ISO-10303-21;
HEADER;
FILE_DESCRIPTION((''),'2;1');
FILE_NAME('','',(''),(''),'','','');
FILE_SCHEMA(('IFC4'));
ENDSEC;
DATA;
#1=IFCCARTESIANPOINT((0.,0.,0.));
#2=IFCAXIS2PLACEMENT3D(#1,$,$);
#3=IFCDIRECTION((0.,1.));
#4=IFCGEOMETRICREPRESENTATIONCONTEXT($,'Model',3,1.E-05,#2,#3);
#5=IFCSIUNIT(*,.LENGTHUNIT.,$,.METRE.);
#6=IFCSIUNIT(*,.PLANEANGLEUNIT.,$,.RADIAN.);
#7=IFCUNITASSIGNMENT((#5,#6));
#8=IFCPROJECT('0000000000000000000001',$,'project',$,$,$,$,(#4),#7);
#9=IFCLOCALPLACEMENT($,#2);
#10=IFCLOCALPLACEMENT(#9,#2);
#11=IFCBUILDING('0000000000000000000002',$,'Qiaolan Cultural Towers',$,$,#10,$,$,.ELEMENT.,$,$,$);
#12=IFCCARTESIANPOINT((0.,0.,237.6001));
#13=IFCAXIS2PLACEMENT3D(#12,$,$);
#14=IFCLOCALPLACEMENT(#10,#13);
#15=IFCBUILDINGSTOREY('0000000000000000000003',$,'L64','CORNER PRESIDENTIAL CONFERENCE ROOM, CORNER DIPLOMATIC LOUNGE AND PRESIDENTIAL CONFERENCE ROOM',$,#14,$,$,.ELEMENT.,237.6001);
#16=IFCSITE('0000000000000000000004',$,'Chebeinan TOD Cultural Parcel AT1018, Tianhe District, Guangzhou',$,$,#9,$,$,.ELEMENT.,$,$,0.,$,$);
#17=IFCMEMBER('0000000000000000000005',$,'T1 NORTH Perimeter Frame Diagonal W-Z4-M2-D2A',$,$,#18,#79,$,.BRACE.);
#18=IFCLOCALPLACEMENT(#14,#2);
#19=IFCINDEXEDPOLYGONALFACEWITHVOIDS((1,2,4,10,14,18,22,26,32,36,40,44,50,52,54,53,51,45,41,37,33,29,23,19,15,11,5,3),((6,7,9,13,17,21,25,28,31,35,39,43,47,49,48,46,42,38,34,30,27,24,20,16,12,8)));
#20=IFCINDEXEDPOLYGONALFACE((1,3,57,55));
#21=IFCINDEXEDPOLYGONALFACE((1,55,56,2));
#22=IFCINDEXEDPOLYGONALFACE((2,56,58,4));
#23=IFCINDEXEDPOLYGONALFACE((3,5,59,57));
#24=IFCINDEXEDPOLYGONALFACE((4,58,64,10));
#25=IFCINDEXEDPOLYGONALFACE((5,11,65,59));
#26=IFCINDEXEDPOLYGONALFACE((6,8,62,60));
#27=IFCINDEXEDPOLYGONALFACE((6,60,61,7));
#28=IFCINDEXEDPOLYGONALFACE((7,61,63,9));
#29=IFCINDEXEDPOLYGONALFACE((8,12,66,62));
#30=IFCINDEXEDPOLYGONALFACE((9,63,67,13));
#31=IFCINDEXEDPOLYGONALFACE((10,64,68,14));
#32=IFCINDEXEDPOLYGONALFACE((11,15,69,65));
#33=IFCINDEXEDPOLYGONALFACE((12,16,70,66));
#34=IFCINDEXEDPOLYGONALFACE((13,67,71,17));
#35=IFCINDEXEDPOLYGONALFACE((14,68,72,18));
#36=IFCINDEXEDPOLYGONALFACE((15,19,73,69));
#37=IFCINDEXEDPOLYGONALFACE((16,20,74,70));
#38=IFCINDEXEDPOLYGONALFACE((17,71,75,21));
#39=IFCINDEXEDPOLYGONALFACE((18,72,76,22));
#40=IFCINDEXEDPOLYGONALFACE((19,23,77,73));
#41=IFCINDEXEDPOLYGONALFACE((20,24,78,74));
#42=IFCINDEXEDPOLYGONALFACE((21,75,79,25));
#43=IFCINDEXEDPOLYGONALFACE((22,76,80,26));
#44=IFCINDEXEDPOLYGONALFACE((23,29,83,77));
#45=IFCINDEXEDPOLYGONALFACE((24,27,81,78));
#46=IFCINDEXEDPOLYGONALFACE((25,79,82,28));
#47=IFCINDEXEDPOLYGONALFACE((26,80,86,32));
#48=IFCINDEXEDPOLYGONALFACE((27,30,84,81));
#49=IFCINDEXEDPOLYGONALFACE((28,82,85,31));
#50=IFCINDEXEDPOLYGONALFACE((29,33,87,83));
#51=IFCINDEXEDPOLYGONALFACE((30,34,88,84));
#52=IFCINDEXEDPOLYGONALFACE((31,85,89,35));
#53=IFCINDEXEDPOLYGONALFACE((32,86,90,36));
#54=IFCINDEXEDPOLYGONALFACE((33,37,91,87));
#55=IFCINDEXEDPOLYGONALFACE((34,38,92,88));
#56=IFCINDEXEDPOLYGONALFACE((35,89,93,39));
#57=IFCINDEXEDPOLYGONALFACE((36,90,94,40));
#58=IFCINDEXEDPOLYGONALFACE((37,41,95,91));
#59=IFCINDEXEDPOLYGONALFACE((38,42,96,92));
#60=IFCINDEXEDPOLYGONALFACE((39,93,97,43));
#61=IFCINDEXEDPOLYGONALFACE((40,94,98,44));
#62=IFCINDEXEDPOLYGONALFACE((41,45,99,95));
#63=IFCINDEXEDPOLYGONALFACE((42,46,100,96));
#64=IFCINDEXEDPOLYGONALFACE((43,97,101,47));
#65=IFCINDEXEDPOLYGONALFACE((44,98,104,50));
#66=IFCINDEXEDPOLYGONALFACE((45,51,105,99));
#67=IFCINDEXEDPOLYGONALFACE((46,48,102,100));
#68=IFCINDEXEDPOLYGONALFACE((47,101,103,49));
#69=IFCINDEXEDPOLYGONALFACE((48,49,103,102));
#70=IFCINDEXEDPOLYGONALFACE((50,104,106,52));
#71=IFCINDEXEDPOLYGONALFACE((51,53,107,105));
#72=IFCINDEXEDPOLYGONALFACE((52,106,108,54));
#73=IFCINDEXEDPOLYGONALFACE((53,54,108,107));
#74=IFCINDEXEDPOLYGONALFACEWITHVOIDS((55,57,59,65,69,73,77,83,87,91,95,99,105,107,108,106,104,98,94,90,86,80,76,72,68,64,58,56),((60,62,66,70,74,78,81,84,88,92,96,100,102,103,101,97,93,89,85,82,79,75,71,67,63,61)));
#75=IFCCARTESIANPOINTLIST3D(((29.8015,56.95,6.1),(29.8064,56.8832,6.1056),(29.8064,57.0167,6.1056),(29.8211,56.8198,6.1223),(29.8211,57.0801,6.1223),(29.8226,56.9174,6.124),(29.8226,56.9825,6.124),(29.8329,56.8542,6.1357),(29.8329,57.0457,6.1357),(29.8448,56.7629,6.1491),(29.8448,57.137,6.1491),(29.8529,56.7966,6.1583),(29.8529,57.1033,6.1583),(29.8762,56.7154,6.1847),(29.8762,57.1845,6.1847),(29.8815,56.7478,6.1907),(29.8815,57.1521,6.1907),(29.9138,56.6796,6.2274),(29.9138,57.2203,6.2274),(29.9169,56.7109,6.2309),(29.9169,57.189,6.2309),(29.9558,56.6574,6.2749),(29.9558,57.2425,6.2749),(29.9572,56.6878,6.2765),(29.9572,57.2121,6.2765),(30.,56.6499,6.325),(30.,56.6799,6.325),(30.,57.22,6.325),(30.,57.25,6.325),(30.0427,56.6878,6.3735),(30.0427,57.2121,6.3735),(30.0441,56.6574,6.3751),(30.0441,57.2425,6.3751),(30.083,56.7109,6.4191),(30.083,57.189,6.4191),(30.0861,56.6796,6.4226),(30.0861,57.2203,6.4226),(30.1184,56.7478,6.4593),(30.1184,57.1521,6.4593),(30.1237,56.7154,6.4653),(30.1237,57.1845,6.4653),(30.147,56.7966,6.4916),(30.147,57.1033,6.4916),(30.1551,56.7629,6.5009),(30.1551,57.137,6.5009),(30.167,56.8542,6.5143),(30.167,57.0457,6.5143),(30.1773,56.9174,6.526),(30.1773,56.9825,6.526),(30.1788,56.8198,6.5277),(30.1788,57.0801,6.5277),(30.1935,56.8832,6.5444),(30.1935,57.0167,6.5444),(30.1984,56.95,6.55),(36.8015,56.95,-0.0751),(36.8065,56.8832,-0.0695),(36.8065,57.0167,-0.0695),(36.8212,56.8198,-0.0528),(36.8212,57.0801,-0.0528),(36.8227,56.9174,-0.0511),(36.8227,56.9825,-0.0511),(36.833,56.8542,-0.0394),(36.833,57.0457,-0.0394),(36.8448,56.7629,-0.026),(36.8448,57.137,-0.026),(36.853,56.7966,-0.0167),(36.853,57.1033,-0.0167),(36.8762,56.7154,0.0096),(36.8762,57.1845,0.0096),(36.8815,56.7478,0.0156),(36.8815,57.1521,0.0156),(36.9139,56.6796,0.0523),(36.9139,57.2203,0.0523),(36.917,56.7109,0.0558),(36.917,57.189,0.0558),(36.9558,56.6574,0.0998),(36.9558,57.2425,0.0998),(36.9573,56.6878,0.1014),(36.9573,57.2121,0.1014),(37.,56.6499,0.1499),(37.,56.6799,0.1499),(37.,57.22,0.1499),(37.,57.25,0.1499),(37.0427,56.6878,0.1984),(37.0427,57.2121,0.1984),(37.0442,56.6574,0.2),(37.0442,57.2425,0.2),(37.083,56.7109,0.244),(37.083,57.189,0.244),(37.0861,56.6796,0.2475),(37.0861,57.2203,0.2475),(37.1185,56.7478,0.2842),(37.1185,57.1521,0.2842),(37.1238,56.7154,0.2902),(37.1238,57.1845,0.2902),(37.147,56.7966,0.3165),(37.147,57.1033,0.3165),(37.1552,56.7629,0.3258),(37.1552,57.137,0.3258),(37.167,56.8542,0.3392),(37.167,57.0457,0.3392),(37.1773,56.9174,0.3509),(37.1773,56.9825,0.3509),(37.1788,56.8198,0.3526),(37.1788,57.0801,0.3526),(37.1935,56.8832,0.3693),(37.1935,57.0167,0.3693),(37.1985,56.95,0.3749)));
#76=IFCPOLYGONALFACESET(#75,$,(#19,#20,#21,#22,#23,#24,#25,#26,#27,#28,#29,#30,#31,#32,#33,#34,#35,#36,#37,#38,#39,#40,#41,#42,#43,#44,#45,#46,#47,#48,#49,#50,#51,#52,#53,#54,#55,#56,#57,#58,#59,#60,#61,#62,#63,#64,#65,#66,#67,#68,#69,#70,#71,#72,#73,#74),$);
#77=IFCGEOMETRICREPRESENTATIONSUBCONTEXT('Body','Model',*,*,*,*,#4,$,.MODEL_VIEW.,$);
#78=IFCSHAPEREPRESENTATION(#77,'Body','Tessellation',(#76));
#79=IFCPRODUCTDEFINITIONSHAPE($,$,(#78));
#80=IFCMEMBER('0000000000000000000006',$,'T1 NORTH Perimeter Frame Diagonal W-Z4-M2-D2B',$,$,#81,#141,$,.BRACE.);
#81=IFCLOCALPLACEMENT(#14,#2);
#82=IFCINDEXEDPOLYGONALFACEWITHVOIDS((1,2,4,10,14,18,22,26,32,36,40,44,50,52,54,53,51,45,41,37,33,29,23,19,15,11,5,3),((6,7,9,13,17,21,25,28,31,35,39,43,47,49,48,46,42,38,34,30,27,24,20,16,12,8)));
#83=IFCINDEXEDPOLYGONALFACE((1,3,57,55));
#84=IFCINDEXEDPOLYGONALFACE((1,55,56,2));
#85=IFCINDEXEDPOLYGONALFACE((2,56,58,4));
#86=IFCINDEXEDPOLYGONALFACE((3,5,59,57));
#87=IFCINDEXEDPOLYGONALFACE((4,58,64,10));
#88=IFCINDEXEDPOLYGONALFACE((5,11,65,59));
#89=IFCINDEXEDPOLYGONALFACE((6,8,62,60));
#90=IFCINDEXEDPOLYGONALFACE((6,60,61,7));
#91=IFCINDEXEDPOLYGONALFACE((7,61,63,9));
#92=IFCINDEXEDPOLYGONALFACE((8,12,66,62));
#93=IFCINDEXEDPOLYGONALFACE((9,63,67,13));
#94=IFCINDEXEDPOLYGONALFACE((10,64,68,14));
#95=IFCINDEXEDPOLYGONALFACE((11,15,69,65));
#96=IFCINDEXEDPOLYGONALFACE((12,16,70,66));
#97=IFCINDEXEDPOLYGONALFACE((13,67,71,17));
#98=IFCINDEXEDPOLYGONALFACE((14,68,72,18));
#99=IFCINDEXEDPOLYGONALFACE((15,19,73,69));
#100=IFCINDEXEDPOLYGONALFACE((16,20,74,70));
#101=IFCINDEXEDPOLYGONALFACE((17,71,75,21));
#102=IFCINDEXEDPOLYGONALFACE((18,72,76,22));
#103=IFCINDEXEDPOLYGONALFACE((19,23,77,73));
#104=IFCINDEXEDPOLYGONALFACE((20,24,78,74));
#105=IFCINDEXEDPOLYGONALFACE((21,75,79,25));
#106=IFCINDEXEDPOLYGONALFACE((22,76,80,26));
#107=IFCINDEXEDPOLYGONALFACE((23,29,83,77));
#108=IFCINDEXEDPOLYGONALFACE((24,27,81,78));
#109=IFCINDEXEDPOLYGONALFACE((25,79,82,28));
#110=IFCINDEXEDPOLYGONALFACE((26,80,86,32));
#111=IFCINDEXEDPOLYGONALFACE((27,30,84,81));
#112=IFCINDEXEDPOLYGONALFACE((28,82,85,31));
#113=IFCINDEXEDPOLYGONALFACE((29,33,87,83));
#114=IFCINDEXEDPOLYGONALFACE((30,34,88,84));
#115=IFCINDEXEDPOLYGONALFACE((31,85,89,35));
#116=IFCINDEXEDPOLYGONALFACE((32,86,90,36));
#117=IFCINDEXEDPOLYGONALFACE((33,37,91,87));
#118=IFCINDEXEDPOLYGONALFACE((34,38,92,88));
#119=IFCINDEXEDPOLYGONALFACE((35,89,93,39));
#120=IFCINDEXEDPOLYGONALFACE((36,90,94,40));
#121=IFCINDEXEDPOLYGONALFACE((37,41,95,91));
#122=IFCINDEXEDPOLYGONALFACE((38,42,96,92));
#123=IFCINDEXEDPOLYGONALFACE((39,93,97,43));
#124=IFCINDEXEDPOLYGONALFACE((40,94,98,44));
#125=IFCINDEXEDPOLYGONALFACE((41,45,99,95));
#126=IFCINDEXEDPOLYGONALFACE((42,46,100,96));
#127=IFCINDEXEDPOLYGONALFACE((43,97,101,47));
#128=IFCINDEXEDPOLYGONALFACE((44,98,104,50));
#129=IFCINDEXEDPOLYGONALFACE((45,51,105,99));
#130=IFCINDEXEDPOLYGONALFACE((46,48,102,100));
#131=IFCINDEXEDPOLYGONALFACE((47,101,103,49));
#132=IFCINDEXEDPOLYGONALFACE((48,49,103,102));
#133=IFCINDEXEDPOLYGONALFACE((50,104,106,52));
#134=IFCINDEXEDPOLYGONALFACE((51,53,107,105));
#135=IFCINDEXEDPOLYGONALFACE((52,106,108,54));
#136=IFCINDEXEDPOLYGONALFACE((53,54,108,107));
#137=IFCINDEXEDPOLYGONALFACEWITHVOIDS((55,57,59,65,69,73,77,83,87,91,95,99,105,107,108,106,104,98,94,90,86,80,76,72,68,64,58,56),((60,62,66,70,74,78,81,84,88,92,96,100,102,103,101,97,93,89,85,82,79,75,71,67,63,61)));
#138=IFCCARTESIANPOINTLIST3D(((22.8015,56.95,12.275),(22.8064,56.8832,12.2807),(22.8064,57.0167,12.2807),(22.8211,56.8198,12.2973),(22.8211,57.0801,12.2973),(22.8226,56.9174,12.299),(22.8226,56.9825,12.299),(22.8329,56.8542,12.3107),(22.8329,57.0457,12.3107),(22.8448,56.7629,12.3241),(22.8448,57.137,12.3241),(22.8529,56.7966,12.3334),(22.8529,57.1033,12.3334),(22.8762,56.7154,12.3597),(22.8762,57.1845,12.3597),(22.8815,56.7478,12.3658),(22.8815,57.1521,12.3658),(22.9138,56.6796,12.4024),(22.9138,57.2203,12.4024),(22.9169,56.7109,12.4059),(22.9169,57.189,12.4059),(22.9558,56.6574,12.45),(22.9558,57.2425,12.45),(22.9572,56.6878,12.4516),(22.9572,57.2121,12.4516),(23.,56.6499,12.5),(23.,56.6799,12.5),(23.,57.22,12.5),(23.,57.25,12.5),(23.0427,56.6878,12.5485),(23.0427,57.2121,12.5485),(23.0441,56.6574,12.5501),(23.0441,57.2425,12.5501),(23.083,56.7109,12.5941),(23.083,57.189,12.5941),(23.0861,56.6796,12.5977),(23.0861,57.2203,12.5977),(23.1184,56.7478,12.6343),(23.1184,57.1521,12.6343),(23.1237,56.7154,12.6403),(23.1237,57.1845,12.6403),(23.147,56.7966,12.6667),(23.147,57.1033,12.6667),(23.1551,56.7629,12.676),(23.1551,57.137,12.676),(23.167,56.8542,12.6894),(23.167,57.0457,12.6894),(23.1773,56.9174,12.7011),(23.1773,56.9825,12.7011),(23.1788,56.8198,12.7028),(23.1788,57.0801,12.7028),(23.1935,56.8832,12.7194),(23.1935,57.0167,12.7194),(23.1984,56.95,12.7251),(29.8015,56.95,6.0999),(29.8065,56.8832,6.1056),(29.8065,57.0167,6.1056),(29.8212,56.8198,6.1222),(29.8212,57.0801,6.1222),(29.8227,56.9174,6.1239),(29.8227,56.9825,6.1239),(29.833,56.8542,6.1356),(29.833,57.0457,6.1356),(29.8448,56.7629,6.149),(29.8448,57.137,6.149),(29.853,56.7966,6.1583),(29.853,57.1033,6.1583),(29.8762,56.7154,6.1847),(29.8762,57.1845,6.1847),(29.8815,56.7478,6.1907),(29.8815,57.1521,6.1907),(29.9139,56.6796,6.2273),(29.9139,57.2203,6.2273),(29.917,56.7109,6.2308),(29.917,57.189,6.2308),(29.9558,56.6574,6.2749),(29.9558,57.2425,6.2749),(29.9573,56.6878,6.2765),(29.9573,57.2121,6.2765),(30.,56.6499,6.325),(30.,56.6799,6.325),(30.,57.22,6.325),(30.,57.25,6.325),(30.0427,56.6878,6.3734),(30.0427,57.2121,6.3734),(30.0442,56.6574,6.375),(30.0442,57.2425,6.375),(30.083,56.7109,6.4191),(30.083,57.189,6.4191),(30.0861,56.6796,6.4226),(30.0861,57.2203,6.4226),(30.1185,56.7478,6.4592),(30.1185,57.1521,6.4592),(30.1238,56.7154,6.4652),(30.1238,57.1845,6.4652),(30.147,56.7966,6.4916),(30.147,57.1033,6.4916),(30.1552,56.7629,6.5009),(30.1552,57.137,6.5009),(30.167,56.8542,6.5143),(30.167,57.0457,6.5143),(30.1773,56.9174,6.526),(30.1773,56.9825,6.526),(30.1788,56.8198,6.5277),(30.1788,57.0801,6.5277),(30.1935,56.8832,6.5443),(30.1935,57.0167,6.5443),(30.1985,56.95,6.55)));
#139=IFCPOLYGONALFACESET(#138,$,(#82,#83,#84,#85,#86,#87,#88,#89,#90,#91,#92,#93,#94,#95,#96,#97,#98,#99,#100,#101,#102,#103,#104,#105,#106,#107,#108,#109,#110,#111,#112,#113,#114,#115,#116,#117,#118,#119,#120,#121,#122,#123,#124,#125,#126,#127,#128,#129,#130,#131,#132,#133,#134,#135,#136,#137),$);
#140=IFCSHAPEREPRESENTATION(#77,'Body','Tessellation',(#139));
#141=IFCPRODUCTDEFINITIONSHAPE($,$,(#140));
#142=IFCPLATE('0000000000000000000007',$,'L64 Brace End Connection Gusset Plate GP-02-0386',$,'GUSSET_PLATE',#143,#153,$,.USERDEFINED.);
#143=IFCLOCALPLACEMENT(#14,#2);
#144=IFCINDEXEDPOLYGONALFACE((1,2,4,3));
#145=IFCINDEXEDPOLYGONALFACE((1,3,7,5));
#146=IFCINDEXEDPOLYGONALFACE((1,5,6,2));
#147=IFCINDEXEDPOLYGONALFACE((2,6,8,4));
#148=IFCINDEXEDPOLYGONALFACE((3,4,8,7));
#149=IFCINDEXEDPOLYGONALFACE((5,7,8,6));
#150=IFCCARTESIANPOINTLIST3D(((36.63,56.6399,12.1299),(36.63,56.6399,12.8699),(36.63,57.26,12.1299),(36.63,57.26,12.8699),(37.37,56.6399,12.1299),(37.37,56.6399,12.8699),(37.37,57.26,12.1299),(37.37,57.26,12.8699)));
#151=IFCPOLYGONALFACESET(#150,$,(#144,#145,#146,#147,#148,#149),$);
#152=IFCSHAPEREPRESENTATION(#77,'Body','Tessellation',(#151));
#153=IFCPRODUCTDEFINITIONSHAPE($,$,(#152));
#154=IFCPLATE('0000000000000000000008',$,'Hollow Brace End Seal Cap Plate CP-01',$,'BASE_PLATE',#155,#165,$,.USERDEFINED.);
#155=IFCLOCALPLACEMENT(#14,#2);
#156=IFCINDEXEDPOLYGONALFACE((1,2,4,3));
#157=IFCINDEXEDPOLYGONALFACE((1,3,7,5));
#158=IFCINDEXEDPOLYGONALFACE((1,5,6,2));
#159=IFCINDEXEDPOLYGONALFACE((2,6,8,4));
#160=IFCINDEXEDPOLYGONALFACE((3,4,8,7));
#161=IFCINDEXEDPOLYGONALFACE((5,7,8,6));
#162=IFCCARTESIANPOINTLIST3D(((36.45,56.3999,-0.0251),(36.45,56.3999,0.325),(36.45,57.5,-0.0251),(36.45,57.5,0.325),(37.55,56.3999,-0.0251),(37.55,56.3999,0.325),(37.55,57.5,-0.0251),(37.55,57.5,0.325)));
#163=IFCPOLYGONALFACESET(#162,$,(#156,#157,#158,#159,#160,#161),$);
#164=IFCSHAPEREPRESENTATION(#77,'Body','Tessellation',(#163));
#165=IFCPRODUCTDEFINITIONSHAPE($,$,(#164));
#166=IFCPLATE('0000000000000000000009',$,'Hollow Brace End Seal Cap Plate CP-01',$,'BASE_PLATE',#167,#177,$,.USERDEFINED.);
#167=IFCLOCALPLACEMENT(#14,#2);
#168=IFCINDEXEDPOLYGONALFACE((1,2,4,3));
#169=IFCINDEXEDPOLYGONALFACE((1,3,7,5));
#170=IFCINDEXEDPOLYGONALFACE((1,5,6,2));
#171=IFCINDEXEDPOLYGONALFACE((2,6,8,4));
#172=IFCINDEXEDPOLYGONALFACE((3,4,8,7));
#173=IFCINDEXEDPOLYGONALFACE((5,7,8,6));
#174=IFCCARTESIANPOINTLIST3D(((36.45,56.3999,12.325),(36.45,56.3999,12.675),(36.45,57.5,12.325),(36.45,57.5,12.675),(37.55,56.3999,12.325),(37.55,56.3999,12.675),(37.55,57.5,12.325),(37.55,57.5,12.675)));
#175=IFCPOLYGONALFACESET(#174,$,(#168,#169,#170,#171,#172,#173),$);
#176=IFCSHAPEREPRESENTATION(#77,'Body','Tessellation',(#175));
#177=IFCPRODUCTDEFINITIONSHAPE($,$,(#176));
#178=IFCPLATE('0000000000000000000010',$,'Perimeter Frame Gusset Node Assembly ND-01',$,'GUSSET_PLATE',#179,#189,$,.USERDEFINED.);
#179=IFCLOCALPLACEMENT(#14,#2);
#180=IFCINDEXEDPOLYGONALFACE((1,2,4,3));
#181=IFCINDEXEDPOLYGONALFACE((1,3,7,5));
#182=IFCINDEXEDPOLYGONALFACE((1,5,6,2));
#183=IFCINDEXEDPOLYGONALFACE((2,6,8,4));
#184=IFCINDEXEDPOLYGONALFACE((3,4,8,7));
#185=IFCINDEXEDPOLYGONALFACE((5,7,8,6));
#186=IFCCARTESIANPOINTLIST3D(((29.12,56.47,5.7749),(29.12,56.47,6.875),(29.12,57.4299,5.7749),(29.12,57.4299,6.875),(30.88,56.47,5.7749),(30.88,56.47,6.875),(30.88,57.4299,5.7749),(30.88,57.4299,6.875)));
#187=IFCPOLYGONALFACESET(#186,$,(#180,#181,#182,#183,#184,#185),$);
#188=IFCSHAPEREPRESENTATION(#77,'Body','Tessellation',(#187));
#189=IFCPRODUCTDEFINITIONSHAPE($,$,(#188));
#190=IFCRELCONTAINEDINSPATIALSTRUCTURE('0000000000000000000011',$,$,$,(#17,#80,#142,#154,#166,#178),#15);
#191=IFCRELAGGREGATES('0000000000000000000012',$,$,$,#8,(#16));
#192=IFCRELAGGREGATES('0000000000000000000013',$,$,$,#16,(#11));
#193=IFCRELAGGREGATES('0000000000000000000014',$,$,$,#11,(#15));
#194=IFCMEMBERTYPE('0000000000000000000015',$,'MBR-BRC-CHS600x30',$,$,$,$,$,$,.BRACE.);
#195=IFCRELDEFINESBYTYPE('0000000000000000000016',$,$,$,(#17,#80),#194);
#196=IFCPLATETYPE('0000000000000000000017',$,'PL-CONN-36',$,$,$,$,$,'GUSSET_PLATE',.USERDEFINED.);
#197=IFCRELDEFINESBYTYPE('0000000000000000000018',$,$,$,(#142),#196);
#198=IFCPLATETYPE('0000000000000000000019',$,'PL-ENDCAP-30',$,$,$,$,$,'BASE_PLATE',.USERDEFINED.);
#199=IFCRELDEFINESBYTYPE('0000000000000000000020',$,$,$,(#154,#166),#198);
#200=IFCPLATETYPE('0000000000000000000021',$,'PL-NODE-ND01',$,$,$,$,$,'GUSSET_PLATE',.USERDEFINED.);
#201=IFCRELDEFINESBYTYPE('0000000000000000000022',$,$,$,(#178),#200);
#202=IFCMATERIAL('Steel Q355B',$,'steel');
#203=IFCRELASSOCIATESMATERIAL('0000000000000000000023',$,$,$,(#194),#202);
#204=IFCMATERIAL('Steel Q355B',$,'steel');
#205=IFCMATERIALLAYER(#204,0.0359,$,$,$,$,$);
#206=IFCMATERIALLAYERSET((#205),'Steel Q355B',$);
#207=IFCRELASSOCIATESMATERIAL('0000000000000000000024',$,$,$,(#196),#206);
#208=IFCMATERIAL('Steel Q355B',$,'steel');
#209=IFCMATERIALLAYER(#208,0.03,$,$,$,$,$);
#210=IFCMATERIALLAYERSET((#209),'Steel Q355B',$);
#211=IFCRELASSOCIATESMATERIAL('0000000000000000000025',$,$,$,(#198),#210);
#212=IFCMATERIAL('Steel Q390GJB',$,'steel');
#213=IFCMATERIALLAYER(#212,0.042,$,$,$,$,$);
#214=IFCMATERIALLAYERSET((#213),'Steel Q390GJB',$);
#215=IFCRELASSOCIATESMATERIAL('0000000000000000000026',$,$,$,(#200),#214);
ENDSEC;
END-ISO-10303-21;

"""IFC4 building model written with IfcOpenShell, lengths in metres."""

from ifc_helpers import new_model, si_unit, direction, frame, origin, origin_2d, place, context, subcontext, project, spatial, rectangle, hollow_circle, extrude, material, layer, layer_set, material_profile, profile_set, type_object, element, save


model = new_model("IFC4")

# Units and contexts
model_context = context("Model", 3, precision=1e-05, world=origin(), true_north=direction((0.0, 1.0)))
body_context = subcontext(model_context, "Body", "Model", "MODEL_VIEW")
ifc_project = project(units=[si_unit("LENGTHUNIT", "METRE"), si_unit("PLANEANGLEUNIT", "RADIAN")], contexts=[model_context])

# Site, building, storey
site_placement = place(None, origin())
site = spatial("IfcSite", under=ifc_project, at=site_placement, Name="Chebeinan TOD Cultural Parcel AT1018, Tianhe District, Guangzhou", CompositionType="ELEMENT", RefElevation=0.0)
building_placement = place(site_placement, origin())
building = spatial("IfcBuilding", under=site, at=building_placement, Name="Qiaolan Cultural Towers", CompositionType="ELEMENT")
storey_placement = place(building_placement, frame((0.0, 0.0, 237.6001)))
storey = spatial("IfcBuildingStorey", under=building, at=storey_placement, Name="L64", Description="CORNER PRESIDENTIAL CONFERENCE ROOM, CORNER DIPLOMATIC LOUNGE AND PRESIDENTIAL CONFERENCE ROOM", CompositionType="ELEMENT", Elevation=237.6001)

# Members
ifc_material_1 = material(Name="Steel Q355B", Category="steel")
ifc_material_profile_1 = material_profile(ifc_material_1, hollow_circle(Radius=0.3, WallThickness=0.03, at=origin_2d()), Name="CHS600x30")
ifc_profile_set_1 = profile_set([ifc_material_profile_1], Name="Steel Q355B")
member_type = type_object("IfcMemberType", Name="MBR-BRC-CHS600x30", PredefinedType="BRACE", material=ifc_profile_set_1)
for number, where, z_axis, x_axis, name in (
    (1, (37.0, 56.95, 0.1499), (-0.749913, 0.0, 0.661536), (0.0, -1.0, 0.0), "T1 NORTH Perimeter Frame Diagonal W-Z4-M2-D2A"),
    (2, (30.0, 56.95, 6.325), (-0.749913, 0.0, 0.661536), (0.0, -1.0, 0.0), "T1 NORTH Perimeter Frame Diagonal W-Z4-M2-D2B"),
):
    element("IfcMember", number, at=place(storey_placement, frame(where, z_axis=z_axis, x_axis=x_axis)), inside=storey, type_object=member_type, Name=name, PredefinedType="BRACE", context=body_context, shape_type="SweptSolid", body=[
        extrude(hollow_circle(Radius=0.3, WallThickness=0.03, at=origin_2d()), origin(), (0.0, 0.0, 1.0), 9.3345),
    ])

# Plates
ifc_material_2 = material(Name="Steel Q355B", Category="steel")
ifc_layer_1 = layer(ifc_material_2, 0.0359)
ifc_layer_set_1 = layer_set([ifc_layer_1], Name="Steel Q355B")
plate_type_1 = type_object("IfcPlateType", Name="PL-CONN-36", ElementType="GUSSET_PLATE", PredefinedType="USERDEFINED", material=ifc_layer_set_1)
plate_1_placement = place(storey_placement, frame((37.0, 56.95, 12.1299), z_axis=(0.0, 0.0, 1.0), x_axis=(1.0, 0.0, 0.0)))
element("IfcPlate", 3, at=plate_1_placement, inside=storey, type_object=plate_type_1, Name="L64 Brace End Connection Gusset Plate GP-02-0386", ObjectType="GUSSET_PLATE", PredefinedType="USERDEFINED", context=body_context, shape_type="SweptSolid", body=[
    extrude(rectangle(XDim=0.74, YDim=0.6201, at=origin_2d()), origin(), (0.0, 0.0, 1.0), 0.74),
])
ifc_material_3 = material(Name="Steel Q355B", Category="steel")
ifc_layer_2 = layer(ifc_material_3, 0.03)
ifc_layer_set_2 = layer_set([ifc_layer_2], Name="Steel Q355B")
plate_type_2 = type_object("IfcPlateType", Name="PL-ENDCAP-30", ElementType="BASE_PLATE", PredefinedType="USERDEFINED", material=ifc_layer_set_2)
for number, where, z_axis, x_axis, name in (
    (4, (37.0, 56.95, -0.0251), (0.0, 0.0, 1.0), (1.0, 0.0, 0.0), "Hollow Brace End Seal Cap Plate CP-01"),
    (5, (37.0, 56.95, 12.325), (0.0, 0.0, 1.0), (1.0, 0.0, 0.0), "Hollow Brace End Seal Cap Plate CP-01"),
):
    element("IfcPlate", number, at=place(storey_placement, frame(where, z_axis=z_axis, x_axis=x_axis)), inside=storey, type_object=plate_type_2, Name=name, ObjectType="BASE_PLATE", PredefinedType="USERDEFINED", context=body_context, shape_type="SweptSolid", body=[
        extrude(rectangle(XDim=1.1001, YDim=1.1001, at=origin_2d()), origin(), (0.0, 0.0, 1.0), 0.3501),
    ])
ifc_material_4 = material(Name="Steel Q390GJB", Category="steel")
ifc_layer_3 = layer(ifc_material_4, 0.042)
ifc_layer_set_3 = layer_set([ifc_layer_3], Name="Steel Q390GJB")
plate_type_3 = type_object("IfcPlateType", Name="PL-NODE-ND01", ElementType="GUSSET_PLATE", PredefinedType="USERDEFINED", material=ifc_layer_set_3)
plate_2_placement = place(storey_placement, frame((30.0, 56.95, 5.7749), z_axis=(0.0, 0.0, 1.0), x_axis=(1.0, 0.0, 0.0)))
element("IfcPlate", 6, at=plate_2_placement, inside=storey, type_object=plate_type_3, Name="Perimeter Frame Gusset Node Assembly ND-01", ObjectType="GUSSET_PLATE", PredefinedType="USERDEFINED", context=body_context, shape_type="SweptSolid", body=[
    extrude(rectangle(XDim=1.76, YDim=0.96, at=origin_2d()), origin(), (0.0, 0.0, 1.0), 1.1001),
])

save(model, "model.ifc")
